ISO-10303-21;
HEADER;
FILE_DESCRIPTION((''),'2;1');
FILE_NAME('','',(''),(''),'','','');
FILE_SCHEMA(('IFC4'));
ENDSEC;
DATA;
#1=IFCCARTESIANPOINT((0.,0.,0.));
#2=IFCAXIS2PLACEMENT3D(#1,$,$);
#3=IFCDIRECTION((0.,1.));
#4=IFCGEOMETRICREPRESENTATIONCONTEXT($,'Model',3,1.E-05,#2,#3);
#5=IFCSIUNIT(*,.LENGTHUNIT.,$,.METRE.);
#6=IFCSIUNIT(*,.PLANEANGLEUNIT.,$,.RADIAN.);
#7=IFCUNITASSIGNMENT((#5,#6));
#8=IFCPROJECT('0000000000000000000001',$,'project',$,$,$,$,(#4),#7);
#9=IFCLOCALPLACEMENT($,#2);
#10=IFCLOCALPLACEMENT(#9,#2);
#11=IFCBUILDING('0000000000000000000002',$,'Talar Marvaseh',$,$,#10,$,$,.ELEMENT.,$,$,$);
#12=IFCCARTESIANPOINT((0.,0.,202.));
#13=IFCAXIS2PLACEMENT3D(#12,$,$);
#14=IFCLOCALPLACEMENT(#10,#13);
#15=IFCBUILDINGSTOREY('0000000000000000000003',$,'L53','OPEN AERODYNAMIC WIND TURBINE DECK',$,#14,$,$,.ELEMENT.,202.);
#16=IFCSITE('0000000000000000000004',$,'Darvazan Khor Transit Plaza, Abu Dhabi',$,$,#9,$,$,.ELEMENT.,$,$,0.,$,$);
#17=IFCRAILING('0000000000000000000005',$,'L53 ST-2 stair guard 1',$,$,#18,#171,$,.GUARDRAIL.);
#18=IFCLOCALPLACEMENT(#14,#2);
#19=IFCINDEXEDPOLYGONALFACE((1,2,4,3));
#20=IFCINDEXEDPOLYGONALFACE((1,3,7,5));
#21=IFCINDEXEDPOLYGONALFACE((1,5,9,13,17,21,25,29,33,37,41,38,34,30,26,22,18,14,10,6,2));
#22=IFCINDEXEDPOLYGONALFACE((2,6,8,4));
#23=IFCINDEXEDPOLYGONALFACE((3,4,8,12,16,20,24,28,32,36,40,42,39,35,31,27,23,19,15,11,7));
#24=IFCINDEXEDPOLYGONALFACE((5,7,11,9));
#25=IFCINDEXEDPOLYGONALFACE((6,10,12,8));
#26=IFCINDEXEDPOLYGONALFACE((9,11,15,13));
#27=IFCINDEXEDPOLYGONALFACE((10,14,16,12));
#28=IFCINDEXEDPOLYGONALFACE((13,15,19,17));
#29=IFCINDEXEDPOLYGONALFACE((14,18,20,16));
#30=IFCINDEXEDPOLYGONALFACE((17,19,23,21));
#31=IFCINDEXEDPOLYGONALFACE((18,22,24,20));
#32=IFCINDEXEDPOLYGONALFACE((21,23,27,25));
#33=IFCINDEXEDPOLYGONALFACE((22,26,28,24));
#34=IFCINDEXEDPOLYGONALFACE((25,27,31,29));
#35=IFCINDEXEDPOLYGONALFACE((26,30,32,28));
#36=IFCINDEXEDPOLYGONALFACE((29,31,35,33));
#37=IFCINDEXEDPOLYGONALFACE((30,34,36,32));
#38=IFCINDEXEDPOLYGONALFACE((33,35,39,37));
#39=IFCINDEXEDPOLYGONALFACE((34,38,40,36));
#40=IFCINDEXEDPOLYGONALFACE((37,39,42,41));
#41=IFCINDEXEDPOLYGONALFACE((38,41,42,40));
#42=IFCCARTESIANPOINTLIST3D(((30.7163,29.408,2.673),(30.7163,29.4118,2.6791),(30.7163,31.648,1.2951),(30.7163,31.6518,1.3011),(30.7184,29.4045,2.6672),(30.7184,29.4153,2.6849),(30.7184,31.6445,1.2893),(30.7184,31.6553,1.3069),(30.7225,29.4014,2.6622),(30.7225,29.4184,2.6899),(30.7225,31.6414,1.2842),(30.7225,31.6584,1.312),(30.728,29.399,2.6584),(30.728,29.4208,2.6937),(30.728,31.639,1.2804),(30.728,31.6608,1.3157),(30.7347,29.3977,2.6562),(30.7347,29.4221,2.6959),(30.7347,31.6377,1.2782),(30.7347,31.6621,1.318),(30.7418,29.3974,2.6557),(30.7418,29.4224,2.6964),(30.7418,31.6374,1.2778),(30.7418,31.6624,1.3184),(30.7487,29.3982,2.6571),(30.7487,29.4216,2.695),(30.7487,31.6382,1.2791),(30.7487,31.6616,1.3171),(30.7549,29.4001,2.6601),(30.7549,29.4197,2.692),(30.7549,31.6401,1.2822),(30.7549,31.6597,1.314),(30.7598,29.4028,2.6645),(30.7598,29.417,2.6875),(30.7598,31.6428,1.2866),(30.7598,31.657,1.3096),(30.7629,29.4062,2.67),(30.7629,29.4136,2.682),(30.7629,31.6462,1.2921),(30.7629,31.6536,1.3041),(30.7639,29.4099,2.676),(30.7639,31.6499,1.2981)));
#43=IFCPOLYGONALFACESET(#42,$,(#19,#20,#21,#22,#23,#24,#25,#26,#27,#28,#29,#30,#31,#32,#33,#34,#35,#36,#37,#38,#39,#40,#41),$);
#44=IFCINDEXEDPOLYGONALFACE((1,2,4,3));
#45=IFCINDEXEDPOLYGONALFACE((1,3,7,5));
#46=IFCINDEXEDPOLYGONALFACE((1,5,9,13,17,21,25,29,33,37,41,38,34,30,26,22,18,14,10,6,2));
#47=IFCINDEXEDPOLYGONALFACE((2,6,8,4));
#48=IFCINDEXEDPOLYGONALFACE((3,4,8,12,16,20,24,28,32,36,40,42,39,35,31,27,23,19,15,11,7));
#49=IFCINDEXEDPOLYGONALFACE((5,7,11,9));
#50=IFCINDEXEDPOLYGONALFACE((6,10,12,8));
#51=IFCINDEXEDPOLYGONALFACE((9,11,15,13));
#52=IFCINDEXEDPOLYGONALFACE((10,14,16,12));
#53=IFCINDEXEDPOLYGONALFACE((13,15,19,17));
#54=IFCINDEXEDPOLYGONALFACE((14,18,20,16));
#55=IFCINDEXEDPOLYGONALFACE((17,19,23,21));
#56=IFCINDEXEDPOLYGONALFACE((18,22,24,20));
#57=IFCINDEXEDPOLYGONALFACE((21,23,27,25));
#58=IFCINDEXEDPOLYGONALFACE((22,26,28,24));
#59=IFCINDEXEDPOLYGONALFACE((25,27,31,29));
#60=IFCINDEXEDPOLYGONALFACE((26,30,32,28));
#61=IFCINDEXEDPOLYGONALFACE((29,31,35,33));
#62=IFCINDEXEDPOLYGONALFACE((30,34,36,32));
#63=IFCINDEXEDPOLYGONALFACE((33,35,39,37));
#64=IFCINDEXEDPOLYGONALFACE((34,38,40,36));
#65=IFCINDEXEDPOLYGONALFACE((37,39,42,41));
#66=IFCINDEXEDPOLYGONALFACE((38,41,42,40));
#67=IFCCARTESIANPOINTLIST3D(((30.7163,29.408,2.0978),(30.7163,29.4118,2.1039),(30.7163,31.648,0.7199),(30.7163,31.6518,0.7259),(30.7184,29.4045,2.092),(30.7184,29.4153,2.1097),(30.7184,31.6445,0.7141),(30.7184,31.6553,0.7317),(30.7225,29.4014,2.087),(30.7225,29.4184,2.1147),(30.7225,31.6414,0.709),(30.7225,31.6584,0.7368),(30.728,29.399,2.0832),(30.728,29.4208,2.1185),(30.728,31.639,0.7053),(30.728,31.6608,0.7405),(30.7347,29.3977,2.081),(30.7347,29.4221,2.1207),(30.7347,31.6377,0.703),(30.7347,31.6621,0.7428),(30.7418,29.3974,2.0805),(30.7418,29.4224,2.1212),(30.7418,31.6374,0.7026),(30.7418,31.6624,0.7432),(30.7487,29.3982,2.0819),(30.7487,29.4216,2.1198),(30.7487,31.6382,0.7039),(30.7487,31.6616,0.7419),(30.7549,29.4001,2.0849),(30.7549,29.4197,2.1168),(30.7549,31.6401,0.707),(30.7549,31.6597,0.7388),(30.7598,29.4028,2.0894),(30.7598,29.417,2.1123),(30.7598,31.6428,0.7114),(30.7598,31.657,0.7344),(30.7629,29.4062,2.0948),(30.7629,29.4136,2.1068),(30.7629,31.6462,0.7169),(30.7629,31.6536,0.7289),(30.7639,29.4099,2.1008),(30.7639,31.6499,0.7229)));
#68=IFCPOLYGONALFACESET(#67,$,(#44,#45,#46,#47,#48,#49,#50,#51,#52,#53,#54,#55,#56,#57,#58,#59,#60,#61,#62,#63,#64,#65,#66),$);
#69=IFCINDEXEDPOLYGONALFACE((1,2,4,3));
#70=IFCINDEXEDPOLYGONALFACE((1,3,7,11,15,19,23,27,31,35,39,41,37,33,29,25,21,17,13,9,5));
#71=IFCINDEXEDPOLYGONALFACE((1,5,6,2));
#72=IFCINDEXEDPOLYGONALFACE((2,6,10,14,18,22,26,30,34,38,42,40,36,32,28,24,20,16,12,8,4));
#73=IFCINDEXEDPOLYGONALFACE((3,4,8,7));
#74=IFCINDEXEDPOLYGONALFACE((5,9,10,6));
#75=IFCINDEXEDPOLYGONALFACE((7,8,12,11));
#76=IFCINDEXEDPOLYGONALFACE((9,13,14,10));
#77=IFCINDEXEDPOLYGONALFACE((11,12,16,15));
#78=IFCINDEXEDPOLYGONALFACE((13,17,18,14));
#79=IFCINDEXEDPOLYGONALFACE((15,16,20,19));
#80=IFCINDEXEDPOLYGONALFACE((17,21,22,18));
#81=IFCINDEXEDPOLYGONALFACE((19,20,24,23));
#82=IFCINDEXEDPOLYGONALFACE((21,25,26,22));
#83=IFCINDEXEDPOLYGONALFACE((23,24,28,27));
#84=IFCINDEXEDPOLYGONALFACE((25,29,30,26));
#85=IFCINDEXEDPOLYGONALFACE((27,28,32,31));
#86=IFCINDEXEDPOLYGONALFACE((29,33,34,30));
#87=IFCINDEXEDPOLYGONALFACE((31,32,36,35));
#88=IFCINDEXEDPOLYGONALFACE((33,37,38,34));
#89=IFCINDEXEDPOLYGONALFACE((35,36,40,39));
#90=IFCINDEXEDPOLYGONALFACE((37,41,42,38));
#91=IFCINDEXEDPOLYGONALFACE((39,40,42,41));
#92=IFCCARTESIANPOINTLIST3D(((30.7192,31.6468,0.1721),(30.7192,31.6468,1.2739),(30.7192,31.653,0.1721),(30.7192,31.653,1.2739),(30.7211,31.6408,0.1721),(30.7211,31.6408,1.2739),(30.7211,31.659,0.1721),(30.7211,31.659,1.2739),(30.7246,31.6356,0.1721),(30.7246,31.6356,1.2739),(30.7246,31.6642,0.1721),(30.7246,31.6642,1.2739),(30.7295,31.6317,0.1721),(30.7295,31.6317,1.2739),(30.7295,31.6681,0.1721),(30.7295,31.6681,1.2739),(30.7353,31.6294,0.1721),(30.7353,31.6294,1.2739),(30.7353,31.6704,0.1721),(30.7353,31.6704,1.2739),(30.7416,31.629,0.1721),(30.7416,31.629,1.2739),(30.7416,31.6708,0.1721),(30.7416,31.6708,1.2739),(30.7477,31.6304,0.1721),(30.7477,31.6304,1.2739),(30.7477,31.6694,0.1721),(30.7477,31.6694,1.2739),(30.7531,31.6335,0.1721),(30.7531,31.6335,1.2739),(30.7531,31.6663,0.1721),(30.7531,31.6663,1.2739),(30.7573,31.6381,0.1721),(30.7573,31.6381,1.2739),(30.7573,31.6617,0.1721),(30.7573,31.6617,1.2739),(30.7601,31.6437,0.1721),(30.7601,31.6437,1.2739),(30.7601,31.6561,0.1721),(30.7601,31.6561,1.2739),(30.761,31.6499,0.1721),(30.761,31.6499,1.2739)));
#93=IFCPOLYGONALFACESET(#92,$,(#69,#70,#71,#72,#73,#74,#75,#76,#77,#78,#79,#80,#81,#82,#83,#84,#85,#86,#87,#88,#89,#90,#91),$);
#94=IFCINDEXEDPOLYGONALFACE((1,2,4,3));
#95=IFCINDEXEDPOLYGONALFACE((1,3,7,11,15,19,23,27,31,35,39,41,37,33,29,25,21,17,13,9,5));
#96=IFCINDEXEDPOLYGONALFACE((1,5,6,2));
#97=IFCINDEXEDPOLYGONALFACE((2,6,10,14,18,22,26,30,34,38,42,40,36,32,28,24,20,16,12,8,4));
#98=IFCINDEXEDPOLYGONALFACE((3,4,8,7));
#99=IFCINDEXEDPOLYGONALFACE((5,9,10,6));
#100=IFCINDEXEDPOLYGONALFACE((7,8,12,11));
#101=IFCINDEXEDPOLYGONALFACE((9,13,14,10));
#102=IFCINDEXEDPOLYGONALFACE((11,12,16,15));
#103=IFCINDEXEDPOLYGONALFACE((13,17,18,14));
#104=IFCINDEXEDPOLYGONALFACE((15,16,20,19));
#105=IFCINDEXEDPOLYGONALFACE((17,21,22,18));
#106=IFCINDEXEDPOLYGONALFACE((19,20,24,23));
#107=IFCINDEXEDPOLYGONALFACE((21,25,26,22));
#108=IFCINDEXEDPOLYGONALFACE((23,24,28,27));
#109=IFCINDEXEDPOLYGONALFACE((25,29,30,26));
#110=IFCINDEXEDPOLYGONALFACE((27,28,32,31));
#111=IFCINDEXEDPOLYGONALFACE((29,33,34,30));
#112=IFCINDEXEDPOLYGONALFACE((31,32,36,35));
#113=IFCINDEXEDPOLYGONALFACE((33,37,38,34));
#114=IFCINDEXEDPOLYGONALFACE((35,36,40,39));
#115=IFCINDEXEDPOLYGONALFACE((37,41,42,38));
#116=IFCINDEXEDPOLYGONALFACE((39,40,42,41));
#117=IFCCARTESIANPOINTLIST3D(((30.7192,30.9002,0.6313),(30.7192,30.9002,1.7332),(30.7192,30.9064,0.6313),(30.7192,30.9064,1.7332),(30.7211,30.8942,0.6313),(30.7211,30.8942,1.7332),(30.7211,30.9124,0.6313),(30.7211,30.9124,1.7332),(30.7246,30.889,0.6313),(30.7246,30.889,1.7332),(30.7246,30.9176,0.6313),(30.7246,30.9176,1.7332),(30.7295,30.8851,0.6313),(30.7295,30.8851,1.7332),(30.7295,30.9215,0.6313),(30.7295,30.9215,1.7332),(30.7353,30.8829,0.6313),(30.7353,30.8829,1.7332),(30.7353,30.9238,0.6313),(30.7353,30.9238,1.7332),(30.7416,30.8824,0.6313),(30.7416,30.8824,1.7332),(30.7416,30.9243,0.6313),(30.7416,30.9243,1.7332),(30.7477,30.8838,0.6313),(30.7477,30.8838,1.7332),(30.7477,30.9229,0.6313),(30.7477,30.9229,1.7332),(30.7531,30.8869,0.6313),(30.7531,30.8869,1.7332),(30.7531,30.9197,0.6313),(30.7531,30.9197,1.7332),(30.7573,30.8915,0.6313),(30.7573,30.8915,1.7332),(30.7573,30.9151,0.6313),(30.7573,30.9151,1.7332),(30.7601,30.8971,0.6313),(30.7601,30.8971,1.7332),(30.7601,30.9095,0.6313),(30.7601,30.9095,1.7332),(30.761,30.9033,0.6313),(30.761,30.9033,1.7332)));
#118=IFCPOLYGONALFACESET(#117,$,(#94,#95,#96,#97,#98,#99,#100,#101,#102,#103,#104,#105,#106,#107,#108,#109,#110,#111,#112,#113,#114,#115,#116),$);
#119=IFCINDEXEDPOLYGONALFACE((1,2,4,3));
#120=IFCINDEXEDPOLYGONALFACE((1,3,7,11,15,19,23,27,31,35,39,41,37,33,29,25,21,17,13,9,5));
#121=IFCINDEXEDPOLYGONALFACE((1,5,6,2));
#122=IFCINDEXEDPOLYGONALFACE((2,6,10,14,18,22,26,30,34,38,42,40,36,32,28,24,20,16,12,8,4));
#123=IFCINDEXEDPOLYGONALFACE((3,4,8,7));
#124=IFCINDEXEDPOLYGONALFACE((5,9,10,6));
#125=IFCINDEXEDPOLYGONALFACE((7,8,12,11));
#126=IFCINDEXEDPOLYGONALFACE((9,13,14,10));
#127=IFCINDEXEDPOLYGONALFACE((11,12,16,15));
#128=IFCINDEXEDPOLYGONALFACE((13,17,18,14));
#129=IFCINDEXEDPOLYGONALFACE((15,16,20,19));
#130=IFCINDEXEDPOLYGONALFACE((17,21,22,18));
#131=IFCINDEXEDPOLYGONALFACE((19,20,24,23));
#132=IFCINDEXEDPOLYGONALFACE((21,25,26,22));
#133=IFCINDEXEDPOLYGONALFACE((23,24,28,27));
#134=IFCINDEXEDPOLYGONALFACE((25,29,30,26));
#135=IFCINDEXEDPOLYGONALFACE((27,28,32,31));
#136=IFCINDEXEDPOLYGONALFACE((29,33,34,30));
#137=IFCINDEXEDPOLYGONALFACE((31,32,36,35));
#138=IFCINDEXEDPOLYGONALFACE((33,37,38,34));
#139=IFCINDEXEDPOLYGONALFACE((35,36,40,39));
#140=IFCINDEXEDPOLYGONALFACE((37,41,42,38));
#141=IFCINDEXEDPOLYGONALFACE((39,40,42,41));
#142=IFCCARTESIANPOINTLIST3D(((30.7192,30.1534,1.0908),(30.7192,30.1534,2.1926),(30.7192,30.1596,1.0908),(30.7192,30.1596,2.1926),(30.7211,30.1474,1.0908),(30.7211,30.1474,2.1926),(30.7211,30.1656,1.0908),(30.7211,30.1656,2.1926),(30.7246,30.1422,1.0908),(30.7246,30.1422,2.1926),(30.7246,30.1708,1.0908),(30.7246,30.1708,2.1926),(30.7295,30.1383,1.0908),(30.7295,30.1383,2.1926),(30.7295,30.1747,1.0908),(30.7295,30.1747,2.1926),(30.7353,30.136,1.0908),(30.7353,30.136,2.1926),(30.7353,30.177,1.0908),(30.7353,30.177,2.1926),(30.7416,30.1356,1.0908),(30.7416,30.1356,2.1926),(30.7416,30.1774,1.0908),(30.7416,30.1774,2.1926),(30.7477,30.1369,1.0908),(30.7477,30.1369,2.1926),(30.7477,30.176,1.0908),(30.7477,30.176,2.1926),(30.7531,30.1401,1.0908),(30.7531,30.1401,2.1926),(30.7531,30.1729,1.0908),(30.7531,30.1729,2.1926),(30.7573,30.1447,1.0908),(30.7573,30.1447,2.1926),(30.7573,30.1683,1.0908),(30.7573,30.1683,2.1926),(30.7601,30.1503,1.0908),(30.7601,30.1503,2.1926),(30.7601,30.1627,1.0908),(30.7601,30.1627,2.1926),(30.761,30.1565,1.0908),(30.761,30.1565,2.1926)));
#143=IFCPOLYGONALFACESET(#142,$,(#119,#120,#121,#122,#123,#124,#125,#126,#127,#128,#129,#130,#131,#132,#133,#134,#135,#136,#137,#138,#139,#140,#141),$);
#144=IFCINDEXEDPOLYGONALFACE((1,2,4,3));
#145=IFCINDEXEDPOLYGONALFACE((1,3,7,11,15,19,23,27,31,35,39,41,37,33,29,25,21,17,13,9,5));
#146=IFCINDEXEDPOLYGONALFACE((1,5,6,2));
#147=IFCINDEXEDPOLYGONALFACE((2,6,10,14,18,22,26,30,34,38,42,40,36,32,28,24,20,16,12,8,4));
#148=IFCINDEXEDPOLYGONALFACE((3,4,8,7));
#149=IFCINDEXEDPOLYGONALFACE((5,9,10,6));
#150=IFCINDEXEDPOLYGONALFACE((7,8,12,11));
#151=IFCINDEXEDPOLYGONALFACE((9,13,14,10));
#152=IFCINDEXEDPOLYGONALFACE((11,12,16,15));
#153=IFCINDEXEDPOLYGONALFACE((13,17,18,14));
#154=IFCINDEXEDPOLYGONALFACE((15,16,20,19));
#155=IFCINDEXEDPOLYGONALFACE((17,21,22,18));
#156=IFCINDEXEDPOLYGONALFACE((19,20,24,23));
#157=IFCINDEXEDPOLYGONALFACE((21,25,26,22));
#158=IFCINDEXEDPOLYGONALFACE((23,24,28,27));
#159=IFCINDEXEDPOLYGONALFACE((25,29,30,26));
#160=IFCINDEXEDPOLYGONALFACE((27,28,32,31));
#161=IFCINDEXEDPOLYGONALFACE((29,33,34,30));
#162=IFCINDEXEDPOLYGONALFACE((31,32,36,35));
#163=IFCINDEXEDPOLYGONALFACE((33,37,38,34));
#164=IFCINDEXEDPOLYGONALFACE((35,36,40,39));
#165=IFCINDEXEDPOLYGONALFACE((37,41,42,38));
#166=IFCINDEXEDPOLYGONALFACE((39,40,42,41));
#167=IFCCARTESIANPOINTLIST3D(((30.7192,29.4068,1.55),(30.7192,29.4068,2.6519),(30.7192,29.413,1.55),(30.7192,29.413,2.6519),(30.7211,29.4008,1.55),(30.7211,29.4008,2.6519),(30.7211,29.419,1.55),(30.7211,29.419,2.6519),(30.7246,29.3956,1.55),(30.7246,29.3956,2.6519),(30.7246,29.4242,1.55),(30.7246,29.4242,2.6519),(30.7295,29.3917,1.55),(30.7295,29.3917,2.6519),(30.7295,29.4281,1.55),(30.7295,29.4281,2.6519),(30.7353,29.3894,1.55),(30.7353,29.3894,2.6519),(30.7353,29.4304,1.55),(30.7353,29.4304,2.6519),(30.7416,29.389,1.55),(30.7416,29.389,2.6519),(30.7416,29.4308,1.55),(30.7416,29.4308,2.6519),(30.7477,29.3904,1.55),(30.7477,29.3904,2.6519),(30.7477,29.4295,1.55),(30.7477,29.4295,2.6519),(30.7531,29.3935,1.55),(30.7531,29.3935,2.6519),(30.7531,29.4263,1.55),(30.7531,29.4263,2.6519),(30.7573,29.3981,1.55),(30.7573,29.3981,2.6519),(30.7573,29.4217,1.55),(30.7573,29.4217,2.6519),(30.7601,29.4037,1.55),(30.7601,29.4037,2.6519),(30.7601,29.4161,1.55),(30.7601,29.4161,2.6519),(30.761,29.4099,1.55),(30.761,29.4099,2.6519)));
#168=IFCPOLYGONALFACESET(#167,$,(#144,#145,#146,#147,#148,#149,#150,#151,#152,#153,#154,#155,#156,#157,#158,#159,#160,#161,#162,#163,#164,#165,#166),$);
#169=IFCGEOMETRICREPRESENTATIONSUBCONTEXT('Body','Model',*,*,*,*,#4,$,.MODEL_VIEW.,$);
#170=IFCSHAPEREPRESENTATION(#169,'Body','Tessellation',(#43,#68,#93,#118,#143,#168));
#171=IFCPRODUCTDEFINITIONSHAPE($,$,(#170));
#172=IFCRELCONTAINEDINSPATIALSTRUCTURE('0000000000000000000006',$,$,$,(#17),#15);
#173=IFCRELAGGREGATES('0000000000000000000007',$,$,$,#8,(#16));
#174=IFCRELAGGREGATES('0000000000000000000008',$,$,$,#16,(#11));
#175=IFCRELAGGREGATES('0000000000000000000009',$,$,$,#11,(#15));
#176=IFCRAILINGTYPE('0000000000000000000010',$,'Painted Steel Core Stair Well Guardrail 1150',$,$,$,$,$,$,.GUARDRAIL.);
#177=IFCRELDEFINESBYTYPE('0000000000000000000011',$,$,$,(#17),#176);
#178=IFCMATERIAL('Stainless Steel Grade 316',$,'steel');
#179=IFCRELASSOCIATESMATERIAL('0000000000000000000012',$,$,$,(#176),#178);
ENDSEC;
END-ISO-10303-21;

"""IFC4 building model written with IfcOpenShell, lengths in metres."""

from ifc_helpers import new_model, si_unit, direction, frame, origin, origin_2d, place, context, subcontext, project, spatial, circle, extrude, material, type_object, element, save


model = new_model("IFC4")

# Units and contexts
model_context = context("Model", 3, precision=1e-05, world=origin(), true_north=direction((0.0, 1.0)))
body_context = subcontext(model_context, "Body", "Model", "MODEL_VIEW")
ifc_project = project(units=[si_unit("LENGTHUNIT", "METRE"), si_unit("PLANEANGLEUNIT", "RADIAN")], contexts=[model_context])

# Site, building, storey
site_placement = place(None, origin())
site = spatial("IfcSite", under=ifc_project, at=site_placement, Name="Darvazan Khor Transit Plaza, Abu Dhabi", CompositionType="ELEMENT", RefElevation=0.0)
building_placement = place(site_placement, origin())
building = spatial("IfcBuilding", under=site, at=building_placement, Name="Talar Marvaseh", CompositionType="ELEMENT")
storey_placement = place(building_placement, frame((0.0, 0.0, 202.0)))
storey = spatial("IfcBuildingStorey", under=building, at=storey_placement, Name="L53", Description="OPEN AERODYNAMIC WIND TURBINE DECK", CompositionType="ELEMENT", Elevation=202.0)

# Railing
ifc_material_1 = material(Name="Stainless Steel Grade 316", Category="steel")
railing_type_1 = type_object("IfcRailingType", Name="Painted Steel Core Stair Well Guardrail 1150", PredefinedType="GUARDRAIL", material=ifc_material_1)
railing_1_placement = place(storey_placement, frame((30.74, 31.6499, 0.1721)))
element("IfcRailing", 1, at=railing_1_placement, inside=storey, type_object=railing_type_1, Name="L53 ST-2 stair guard 1", PredefinedType="GUARDRAIL", context=body_context, shape_type="SweptSolid", body=[
    extrude(circle(Radius=0.0239, at=origin_2d()), frame((0.0, 0.0, 1.126), z_axis=(0.0, -0.851748, 0.523952), x_axis=(1.0, 0.0, 0.0)), (0.0, 0.0, 1.0), 2.6299),
    extrude(circle(Radius=0.0239, at=origin_2d()), frame((0.0, 0.0, 0.5508), z_axis=(0.0, -0.851748, 0.523952), x_axis=(1.0, 0.0, 0.0)), (0.0, 0.0, 1.0), 2.6299),
    extrude(circle(Radius=0.021, at=origin_2d()), origin(), (0.0, 0.0, 1.0), 1.1018),
    extrude(circle(Radius=0.021, at=origin_2d()), frame((0.0, -0.7466, 0.4592)), (0.0, 0.0, 1.0), 1.1018),
    extrude(circle(Radius=0.021, at=origin_2d()), frame((0.0, -1.4934, 0.9187)), (0.0, 0.0, 1.0), 1.1018),
    extrude(circle(Radius=0.021, at=origin_2d()), frame((0.0, -2.24, 1.3779)), (0.0, 0.0, 1.0), 1.1018),
])

save(model, "model.ifc")
